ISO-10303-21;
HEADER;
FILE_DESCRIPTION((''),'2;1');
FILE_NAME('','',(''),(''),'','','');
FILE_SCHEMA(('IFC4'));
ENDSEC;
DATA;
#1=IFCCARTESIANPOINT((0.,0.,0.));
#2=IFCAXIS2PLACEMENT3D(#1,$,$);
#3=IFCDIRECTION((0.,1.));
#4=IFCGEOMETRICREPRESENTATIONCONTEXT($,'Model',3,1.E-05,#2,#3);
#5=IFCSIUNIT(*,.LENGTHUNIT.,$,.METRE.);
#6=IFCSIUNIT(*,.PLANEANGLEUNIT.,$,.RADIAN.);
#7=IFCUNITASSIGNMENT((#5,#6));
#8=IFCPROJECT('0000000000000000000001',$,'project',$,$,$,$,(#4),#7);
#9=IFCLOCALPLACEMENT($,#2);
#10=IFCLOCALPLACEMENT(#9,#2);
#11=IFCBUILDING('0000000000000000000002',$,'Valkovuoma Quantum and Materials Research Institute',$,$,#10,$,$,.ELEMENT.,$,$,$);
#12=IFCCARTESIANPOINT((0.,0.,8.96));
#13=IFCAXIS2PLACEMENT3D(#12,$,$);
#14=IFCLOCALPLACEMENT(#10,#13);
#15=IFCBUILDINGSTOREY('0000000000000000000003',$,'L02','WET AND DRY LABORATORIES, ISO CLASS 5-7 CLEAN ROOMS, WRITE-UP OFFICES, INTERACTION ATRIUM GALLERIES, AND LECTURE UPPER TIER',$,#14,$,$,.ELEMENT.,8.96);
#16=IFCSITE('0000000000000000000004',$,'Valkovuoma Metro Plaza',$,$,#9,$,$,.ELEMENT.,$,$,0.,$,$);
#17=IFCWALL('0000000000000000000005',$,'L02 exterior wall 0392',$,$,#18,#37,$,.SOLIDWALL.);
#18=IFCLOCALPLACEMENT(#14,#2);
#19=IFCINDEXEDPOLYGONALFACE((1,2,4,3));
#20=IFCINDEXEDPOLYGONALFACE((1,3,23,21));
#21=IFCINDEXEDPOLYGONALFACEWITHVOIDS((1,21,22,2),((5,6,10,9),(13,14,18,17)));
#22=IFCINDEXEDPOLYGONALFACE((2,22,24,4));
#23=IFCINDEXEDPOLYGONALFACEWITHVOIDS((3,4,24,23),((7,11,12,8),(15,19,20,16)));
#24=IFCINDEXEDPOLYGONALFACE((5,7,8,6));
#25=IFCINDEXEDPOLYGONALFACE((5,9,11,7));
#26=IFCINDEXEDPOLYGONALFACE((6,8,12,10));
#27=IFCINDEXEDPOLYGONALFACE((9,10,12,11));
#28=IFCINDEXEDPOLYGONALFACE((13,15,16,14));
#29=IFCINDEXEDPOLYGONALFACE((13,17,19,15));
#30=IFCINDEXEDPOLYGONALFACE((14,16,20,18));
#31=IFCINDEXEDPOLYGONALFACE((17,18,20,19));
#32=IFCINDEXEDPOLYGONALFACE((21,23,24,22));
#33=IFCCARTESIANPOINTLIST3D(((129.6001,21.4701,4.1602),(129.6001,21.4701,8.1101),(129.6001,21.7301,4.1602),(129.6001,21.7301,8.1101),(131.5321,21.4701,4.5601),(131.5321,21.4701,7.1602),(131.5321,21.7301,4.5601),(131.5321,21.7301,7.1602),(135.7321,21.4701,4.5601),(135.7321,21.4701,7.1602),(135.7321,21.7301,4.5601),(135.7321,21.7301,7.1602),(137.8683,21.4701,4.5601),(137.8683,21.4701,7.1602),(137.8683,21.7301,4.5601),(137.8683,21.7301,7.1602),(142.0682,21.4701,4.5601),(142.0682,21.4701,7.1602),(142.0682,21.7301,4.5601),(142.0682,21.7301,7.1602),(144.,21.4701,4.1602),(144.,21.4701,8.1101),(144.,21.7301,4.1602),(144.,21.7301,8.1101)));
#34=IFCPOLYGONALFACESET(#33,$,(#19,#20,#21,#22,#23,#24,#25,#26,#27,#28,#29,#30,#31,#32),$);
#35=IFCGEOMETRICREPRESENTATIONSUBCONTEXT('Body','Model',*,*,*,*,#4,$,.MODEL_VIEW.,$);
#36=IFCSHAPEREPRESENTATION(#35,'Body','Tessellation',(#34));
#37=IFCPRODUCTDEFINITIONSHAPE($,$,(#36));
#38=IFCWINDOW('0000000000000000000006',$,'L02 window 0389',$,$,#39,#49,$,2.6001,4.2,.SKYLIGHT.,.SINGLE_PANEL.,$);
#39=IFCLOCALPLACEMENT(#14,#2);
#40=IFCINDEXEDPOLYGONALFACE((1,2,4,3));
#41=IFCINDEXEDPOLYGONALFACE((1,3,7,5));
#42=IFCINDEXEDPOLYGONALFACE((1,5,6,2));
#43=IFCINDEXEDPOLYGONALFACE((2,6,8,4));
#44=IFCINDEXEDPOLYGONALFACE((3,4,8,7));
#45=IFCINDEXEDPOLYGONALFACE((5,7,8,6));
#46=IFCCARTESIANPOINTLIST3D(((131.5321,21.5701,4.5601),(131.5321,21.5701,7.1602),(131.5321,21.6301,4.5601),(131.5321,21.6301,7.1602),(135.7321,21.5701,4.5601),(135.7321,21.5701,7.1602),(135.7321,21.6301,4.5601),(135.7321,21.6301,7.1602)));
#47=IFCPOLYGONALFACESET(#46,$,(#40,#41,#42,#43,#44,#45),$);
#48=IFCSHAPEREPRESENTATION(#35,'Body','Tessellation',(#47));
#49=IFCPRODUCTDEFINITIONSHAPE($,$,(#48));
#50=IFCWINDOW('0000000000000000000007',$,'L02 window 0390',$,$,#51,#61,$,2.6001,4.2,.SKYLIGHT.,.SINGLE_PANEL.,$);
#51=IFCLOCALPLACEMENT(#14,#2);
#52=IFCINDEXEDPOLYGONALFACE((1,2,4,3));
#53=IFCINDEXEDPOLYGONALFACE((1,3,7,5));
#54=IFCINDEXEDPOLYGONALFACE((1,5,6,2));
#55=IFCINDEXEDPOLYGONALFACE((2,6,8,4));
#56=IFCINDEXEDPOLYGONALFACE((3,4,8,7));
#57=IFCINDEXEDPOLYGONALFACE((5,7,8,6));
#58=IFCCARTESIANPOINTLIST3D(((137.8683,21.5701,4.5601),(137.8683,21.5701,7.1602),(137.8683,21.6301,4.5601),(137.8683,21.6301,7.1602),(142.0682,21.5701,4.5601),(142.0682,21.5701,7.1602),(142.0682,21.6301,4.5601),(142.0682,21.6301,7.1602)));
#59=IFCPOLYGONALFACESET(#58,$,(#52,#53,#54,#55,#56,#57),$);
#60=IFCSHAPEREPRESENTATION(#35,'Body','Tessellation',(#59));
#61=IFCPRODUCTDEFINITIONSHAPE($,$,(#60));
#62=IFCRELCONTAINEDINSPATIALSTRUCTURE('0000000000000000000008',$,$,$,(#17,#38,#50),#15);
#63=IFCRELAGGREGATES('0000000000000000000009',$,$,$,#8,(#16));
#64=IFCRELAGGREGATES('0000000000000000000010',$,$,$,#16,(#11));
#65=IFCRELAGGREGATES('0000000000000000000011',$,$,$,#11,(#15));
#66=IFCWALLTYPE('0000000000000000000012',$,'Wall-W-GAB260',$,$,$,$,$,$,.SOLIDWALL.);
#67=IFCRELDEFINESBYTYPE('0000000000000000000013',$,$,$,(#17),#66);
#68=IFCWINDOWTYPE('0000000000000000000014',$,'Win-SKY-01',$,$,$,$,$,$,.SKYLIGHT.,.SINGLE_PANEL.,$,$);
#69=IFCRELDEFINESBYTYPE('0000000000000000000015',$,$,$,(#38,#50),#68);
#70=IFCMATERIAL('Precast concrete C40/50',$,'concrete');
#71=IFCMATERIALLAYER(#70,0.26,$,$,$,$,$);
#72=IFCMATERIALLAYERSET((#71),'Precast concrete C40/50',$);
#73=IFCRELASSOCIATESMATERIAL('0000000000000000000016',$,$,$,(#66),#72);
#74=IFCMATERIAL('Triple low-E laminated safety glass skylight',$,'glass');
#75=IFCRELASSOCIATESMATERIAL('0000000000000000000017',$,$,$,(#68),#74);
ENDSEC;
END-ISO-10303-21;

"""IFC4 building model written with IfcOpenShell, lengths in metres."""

from ifc_helpers import new_model, si_unit, direction, frame, frame_2d, origin, place, context, subcontext, project, spatial, rectangle, extrude, material, layer, layer_set, type_object, element, fill, save


model = new_model("IFC4")

# Units and contexts
model_context = context("Model", 3, precision=1e-05, world=origin(), true_north=direction((0.0, 1.0)))
body_context = subcontext(model_context, "Body", "Model", "MODEL_VIEW")
ifc_project = project(units=[si_unit("LENGTHUNIT", "METRE"), si_unit("PLANEANGLEUNIT", "RADIAN")], contexts=[model_context])

# Site, building, storey
site_placement = place(None, origin())
site = spatial("IfcSite", under=ifc_project, at=site_placement, Name="Valkovuoma Metro Plaza", CompositionType="ELEMENT", RefElevation=0.0)
building_placement = place(site_placement, origin())
building = spatial("IfcBuilding", under=site, at=building_placement, Name="Valkovuoma Quantum and Materials Research Institute", CompositionType="ELEMENT")
storey_placement = place(building_placement, frame((0.0, 0.0, 8.96)))
storey = spatial("IfcBuildingStorey", under=building, at=storey_placement, Name="L02", Description="WET AND DRY LABORATORIES, ISO CLASS 5-7 CLEAN ROOMS, WRITE-UP OFFICES, INTERACTION ATRIUM GALLERIES, AND LECTURE UPPER TIER", CompositionType="ELEMENT", Elevation=8.96)

# Wall, openings, windows
ifc_material_1 = material(Name="Precast concrete C40/50", Category="concrete")
ifc_layer_1 = layer(ifc_material_1, 0.26)
ifc_layer_set_1 = layer_set([ifc_layer_1], Name="Precast concrete C40/50")
wall_type_1 = type_object("IfcWallType", Name="Wall-W-GAB260", PredefinedType="SOLIDWALL", material=ifc_layer_set_1)
wall_1_placement = place(storey_placement, frame((129.6001, 21.6001, 4.1602), z_axis=(0.0, 0.0, 1.0), x_axis=(1.0, 0.0, 0.0)))
wall_1 = element("IfcWall", 1, at=wall_1_placement, inside=storey, type_object=wall_type_1, Name="L02 exterior wall 0392", PredefinedType="SOLIDWALL", context=body_context, shape_type="SweptSolid", body=[
    extrude(rectangle(XDim=14.3999, YDim=0.26, at=frame_2d((7.2, 0.0))), origin(), (0.0, 0.0, 1.0), 3.95),
])
opening_1_placement = place(wall_1_placement, frame((1.9319, 0.0, 0.3999)))
opening_1 = element("IfcOpeningElement", 2, at=opening_1_placement, cuts=wall_1, PredefinedType="OPENING", context=body_context, shape_type="SweptSolid", body=[
    extrude(rectangle(XDim=4.2, YDim=2.6001, at=frame_2d((2.1001, 1.3))), frame((0.0, 0.1401, 0.0), z_axis=(0.0, -1.0, 0.0), x_axis=(1.0, 0.0, 0.0)), (0.0, 0.0, 1.0), 0.28),
])
opening_2_placement = place(wall_1_placement, frame((8.2681, 0.0, 0.3999)))
opening_2 = element("IfcOpeningElement", 3, at=opening_2_placement, cuts=wall_1, PredefinedType="OPENING", context=body_context, shape_type="SweptSolid", body=[
    extrude(rectangle(XDim=4.2, YDim=2.6001, at=frame_2d((2.1001, 1.3))), frame((0.0, 0.1401, 0.0), z_axis=(0.0, -1.0, 0.0), x_axis=(1.0, 0.0, 0.0)), (0.0, 0.0, 1.0), 0.28),
])
ifc_material_2 = material(Name="Triple low-E laminated safety glass skylight", Category="glass")
window_type_1 = type_object("IfcWindowType", Name="Win-SKY-01", PartitioningType="SINGLE_PANEL", PredefinedType="SKYLIGHT", material=ifc_material_2)
window_1_placement = place(opening_1_placement, origin())
window_1 = element("IfcWindow", 4, at=window_1_placement, inside=storey, type_object=window_type_1, Name="L02 window 0389", OverallHeight=2.6001, OverallWidth=4.2, PartitioningType="SINGLE_PANEL", PredefinedType="SKYLIGHT", context=body_context, shape_type="SweptSolid", body=[
    extrude(rectangle(XDim=4.2, YDim=2.6001, at=frame_2d((2.1001, 1.3))), frame((0.0, 0.03, 0.0), z_axis=(0.0, -1.0, 0.0), x_axis=(1.0, 0.0, 0.0)), (0.0, 0.0, 1.0), 0.0601),
])
fill(opening_1, window_1)
window_2_placement = place(opening_2_placement, origin())
window_2 = element("IfcWindow", 5, at=window_2_placement, inside=storey, type_object=window_type_1, Name="L02 window 0390", OverallHeight=2.6001, OverallWidth=4.2, PartitioningType="SINGLE_PANEL", PredefinedType="SKYLIGHT", context=body_context, shape_type="SweptSolid", body=[
    extrude(rectangle(XDim=4.2, YDim=2.6001, at=frame_2d((2.1001, 1.3))), frame((0.0, 0.03, 0.0), z_axis=(0.0, -1.0, 0.0), x_axis=(1.0, 0.0, 0.0)), (0.0, 0.0, 1.0), 0.0601),
])
fill(opening_2, window_2)

save(model, "model.ifc")
